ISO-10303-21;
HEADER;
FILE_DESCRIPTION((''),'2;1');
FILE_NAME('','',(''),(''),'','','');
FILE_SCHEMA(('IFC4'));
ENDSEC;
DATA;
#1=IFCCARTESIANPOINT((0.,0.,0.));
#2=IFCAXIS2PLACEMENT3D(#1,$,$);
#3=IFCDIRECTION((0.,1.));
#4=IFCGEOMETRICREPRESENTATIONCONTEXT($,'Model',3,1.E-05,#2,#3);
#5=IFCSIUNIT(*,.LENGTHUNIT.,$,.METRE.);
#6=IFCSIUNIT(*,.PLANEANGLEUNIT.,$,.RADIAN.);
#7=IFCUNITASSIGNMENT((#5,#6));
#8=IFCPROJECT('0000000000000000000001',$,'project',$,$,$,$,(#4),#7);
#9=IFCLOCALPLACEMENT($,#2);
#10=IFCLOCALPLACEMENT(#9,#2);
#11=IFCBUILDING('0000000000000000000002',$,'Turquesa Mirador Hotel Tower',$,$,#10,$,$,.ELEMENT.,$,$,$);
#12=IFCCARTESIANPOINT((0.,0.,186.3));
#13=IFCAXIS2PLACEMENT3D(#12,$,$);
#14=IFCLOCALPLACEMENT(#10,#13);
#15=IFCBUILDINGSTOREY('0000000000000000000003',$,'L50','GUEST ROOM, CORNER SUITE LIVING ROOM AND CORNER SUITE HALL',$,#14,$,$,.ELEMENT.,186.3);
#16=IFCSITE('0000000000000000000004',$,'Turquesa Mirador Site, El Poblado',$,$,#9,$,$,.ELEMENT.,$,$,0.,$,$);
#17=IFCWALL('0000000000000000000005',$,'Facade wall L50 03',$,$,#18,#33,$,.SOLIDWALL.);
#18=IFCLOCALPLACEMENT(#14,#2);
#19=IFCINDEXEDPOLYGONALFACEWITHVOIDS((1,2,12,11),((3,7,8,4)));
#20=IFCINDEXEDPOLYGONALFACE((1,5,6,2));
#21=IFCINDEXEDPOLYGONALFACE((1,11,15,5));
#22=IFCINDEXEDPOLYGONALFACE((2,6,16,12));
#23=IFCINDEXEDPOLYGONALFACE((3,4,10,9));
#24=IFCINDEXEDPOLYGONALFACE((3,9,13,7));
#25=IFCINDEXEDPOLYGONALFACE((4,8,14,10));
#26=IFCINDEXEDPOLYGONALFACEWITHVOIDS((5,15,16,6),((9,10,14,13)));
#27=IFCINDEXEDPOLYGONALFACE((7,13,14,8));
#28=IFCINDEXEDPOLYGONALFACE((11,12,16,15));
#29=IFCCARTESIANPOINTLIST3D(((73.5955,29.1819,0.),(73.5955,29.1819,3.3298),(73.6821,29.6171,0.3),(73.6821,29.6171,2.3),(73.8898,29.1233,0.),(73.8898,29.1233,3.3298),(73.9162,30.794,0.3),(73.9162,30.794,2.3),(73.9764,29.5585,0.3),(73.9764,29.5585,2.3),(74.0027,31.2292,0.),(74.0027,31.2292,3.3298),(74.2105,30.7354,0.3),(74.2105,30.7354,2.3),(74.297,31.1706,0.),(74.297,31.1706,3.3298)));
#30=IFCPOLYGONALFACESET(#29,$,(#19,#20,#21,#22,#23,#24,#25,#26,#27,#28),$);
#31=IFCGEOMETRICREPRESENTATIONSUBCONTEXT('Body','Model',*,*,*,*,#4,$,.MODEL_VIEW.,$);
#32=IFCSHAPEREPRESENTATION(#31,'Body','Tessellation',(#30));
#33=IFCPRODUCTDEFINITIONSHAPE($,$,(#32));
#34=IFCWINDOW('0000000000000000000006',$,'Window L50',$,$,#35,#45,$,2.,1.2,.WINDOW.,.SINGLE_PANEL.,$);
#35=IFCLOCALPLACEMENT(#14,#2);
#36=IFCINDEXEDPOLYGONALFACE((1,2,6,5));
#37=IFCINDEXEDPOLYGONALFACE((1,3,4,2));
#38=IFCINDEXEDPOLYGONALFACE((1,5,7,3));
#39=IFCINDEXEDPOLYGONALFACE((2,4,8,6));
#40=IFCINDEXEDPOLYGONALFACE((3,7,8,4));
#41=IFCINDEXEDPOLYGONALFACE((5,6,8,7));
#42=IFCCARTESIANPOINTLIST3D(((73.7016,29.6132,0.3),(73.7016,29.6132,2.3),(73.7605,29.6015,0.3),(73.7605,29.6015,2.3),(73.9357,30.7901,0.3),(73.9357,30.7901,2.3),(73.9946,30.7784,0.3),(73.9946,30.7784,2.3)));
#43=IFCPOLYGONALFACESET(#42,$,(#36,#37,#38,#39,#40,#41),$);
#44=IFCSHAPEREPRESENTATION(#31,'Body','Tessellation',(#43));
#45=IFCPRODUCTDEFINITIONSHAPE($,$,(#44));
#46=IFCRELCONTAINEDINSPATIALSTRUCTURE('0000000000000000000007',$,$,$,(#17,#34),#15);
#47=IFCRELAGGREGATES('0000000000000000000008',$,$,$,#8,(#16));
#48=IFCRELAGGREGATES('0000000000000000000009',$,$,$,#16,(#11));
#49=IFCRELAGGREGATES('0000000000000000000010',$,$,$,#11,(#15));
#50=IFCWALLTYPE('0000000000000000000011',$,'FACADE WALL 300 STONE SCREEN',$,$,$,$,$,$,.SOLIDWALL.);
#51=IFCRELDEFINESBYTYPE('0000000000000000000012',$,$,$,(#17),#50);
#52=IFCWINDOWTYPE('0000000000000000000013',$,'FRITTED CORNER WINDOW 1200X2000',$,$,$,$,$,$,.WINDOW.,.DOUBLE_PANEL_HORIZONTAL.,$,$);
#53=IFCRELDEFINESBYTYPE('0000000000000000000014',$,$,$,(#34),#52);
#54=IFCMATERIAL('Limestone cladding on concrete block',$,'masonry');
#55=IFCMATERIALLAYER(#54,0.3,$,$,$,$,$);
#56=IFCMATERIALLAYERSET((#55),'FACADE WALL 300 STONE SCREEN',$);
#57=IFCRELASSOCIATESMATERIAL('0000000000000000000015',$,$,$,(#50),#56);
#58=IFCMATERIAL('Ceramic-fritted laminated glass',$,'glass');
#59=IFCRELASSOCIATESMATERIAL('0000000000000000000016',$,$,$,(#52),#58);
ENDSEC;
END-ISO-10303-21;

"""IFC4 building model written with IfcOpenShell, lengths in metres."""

from ifc_helpers import new_model, si_unit, direction, frame, frame_2d, origin, place, context, subcontext, project, spatial, rectangle, extrude, material, layer, layer_set, type_object, element, fill, save


model = new_model("IFC4")

# Units and contexts
model_context = context("Model", 3, precision=1e-05, world=origin(), true_north=direction((0.0, 1.0)))
body_context = subcontext(model_context, "Body", "Model", "MODEL_VIEW")
ifc_project = project(units=[si_unit("LENGTHUNIT", "METRE"), si_unit("PLANEANGLEUNIT", "RADIAN")], contexts=[model_context])

# Site, building, storey
site_placement = place(None, origin())
site = spatial("IfcSite", under=ifc_project, at=site_placement, Name="Turquesa Mirador Site, El Poblado", CompositionType="ELEMENT", RefElevation=0.0)
building_placement = place(site_placement, origin())
building = spatial("IfcBuilding", under=site, at=building_placement, Name="Turquesa Mirador Hotel Tower", CompositionType="ELEMENT")
storey_placement = place(building_placement, frame((0.0, 0.0, 186.3)))
storey = spatial("IfcBuildingStorey", under=building, at=storey_placement, Name="L50", Description="GUEST ROOM, CORNER SUITE LIVING ROOM AND CORNER SUITE HALL", CompositionType="ELEMENT", Elevation=186.3)

# Wall, opening, window
ifc_material_1 = material(Name="Limestone cladding on concrete block", Category="masonry")
ifc_layer = layer(ifc_material_1, 0.3)
ifc_layer_set = layer_set([ifc_layer], Name="FACADE WALL 300 STONE SCREEN")
wall_type = type_object("IfcWallType", Name="FACADE WALL 300 STONE SCREEN", PredefinedType="SOLIDWALL", material=ifc_layer_set)
ifc_material_2 = material(Name="Ceramic-fritted laminated glass", Category="glass")
window_type_1 = type_object("IfcWindowType", Name="FRITTED CORNER WINDOW 1200X2000", PartitioningType="DOUBLE_PANEL_HORIZONTAL", PredefinedType="WINDOW", material=ifc_material_2)
wall_1_placement = place(storey_placement, frame((73.7427, 29.1526, 0.0), z_axis=(0.0, 0.0, 1.0), x_axis=(0.195081, 0.980787, 0.0)))
wall_1 = element("IfcWall", 1, at=wall_1_placement, inside=storey, type_object=wall_type, Name="Facade wall L50 03", PredefinedType="SOLIDWALL", context=body_context, shape_type="SweptSolid", body=[
    extrude(rectangle(XDim=2.0874, YDim=0.3, at=frame_2d((1.0437, 0.0))), origin(), (0.0, 0.0, 1.0), 3.3298),
])
opening_1_placement = place(wall_1_placement, frame((0.4436, 0.0, 0.3)))
opening_1 = element("IfcOpeningElement", 2, at=opening_1_placement, cuts=wall_1, PredefinedType="OPENING", context=body_context, shape_type="SweptSolid", body=[
    extrude(rectangle(XDim=1.2, YDim=2.0, at=frame_2d((0.6001, 1.0))), frame((0.0, 0.1599, 0.0), z_axis=(0.0, -1.0, 0.0), x_axis=(1.0, 0.0, 0.0)), (0.0, 0.0, 1.0), 0.3201),
])
window_1_placement = place(opening_1_placement, origin())
window_1 = element("IfcWindow", 3, at=window_1_placement, inside=storey, type_object=window_type_1, Name="Window L50", OverallHeight=2.0, OverallWidth=1.2, PartitioningType="SINGLE_PANEL", PredefinedType="WINDOW", context=body_context, shape_type="SweptSolid", body=[
    extrude(rectangle(XDim=1.2, YDim=2.0, at=frame_2d((0.6001, 1.0))), frame((0.0, 0.1301, 0.0), z_axis=(0.0, -1.0, 0.0), x_axis=(1.0, 0.0, 0.0)), (0.0, 0.0, 1.0), 0.0601),
])
fill(opening_1, window_1)

save(model, "model.ifc")
